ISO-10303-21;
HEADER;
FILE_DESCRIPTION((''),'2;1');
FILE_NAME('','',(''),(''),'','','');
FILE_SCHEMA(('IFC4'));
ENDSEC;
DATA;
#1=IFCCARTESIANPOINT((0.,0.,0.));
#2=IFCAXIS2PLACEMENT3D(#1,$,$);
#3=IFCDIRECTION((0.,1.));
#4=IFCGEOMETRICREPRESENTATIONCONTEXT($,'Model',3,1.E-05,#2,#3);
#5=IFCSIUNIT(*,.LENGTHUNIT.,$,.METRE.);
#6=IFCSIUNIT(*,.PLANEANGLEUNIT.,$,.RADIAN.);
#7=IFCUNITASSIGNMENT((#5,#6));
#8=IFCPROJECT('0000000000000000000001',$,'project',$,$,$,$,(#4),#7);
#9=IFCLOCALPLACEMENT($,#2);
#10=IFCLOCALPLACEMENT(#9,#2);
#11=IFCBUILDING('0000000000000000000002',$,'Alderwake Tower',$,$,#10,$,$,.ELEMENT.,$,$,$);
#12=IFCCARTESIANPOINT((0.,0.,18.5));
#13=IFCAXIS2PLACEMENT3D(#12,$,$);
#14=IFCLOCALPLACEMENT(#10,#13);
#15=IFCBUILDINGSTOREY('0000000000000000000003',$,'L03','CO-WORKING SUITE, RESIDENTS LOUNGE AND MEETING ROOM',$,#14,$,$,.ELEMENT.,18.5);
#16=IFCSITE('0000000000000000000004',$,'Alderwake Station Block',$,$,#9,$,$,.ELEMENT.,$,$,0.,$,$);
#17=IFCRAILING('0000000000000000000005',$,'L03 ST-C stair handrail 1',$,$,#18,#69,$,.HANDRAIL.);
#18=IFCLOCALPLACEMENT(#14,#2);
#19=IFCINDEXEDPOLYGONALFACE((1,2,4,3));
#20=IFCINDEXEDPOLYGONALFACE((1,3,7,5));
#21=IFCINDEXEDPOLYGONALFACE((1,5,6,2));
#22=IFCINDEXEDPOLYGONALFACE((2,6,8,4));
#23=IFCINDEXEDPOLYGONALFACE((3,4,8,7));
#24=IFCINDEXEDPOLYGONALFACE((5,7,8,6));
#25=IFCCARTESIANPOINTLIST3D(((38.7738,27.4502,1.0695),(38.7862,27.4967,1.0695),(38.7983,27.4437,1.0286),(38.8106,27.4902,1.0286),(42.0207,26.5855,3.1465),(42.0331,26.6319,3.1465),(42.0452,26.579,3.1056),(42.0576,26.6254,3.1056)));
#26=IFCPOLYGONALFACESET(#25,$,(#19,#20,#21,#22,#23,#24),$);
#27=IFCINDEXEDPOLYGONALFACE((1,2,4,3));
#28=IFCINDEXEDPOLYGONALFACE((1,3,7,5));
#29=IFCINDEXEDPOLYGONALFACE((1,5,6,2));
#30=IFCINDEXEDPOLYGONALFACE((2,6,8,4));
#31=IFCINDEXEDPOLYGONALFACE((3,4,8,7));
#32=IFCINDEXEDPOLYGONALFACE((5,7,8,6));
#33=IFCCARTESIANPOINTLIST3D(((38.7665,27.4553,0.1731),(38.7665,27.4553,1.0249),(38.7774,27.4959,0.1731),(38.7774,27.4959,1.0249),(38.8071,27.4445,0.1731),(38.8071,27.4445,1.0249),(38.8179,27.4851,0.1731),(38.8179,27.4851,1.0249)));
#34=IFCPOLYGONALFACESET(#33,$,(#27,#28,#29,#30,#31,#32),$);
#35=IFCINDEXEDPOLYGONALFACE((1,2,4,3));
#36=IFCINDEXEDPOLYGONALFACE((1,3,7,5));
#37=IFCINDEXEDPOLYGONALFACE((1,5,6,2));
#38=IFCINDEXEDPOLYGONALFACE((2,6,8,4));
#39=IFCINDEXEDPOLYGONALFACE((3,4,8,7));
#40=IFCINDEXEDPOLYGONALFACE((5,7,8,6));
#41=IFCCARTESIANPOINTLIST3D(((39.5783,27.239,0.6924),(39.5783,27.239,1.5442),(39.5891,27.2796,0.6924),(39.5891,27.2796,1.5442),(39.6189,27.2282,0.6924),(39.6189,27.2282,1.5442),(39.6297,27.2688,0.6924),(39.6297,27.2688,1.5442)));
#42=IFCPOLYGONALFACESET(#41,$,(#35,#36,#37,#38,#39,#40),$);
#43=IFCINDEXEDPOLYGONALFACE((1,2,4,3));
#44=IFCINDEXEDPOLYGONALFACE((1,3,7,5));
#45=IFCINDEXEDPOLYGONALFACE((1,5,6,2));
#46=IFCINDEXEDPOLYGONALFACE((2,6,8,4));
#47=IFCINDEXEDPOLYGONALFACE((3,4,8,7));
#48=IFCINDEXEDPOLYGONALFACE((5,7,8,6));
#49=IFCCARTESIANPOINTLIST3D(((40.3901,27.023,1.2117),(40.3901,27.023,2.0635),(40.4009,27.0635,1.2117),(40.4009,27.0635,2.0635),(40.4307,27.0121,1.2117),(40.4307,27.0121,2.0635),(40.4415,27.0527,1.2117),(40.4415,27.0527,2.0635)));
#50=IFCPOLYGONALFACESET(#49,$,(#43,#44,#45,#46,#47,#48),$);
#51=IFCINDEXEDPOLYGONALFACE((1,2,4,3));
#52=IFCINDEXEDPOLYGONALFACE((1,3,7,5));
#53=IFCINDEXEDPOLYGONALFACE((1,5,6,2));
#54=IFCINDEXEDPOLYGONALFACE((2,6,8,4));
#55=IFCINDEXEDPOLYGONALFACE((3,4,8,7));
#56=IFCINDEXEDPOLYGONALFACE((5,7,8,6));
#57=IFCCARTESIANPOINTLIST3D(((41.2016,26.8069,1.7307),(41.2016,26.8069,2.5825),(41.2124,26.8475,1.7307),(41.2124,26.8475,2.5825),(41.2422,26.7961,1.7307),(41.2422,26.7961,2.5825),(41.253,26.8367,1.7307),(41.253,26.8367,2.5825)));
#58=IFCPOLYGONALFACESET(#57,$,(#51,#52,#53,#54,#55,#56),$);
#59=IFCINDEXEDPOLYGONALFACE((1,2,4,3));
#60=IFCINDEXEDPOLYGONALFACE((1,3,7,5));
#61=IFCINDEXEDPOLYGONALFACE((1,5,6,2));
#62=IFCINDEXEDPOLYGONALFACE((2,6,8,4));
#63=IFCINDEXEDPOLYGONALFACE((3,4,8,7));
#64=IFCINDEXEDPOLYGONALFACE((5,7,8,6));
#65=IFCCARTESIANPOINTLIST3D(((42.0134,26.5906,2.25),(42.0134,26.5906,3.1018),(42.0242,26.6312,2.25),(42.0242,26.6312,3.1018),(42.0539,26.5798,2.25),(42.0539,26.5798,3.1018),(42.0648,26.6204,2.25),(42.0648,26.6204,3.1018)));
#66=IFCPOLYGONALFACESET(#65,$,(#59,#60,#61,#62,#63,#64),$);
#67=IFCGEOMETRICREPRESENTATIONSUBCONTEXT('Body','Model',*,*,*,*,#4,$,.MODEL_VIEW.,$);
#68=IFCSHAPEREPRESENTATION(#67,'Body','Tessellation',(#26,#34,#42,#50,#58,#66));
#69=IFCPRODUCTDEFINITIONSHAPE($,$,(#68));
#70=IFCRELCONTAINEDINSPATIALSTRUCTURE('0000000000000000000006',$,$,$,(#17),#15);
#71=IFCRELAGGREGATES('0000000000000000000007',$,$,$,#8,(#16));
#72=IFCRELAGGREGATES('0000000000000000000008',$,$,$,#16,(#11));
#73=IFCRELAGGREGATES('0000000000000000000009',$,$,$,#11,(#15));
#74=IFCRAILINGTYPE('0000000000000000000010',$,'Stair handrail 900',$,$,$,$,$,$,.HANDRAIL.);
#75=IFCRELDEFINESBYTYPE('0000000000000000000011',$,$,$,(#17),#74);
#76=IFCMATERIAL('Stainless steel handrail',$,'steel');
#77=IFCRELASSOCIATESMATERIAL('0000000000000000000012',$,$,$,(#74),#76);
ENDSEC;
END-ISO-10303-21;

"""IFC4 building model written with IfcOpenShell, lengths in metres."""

from ifc_helpers import new_model, si_unit, direction, frame, origin, origin_2d, place, context, subcontext, project, spatial, rectangle, extrude, material, type_object, element, save


model = new_model("IFC4")

# Units and contexts
model_context = context("Model", 3, precision=1e-05, world=origin(), true_north=direction((0.0, 1.0)))
body_context = subcontext(model_context, "Body", "Model", "MODEL_VIEW")
ifc_project = project(units=[si_unit("LENGTHUNIT", "METRE"), si_unit("PLANEANGLEUNIT", "RADIAN")], contexts=[model_context])

# Site, building, storey
site_placement = place(None, origin())
site = spatial("IfcSite", under=ifc_project, at=site_placement, Name="Alderwake Station Block", CompositionType="ELEMENT", RefElevation=0.0)
building_placement = place(site_placement, origin())
building = spatial("IfcBuilding", under=site, at=building_placement, Name="Alderwake Tower", CompositionType="ELEMENT")
storey_placement = place(building_placement, frame((0.0, 0.0, 18.5)))
storey = spatial("IfcBuildingStorey", under=building, at=storey_placement, Name="L03", Description="CO-WORKING SUITE, RESIDENTS LOUNGE AND MEETING ROOM", CompositionType="ELEMENT", Elevation=18.5)

# Railing
ifc_material_1 = material(Name="Stainless steel handrail", Category="steel")
railing_type = type_object("IfcRailingType", Name="Stair handrail 900", PredefinedType="HANDRAIL", material=ifc_material_1)
railing_placement = place(storey_placement, frame((38.7922, 27.4702, 0.1731)))
element("IfcRailing", 1, at=railing_placement, inside=storey, type_object=railing_type, Name="L03 ST-C stair handrail 1", PredefinedType="HANDRAIL", context=body_context, shape_type="SweptSolid", body=[
    extrude(rectangle(XDim=0.0481, YDim=0.0481, at=origin_2d()), frame((0.0, 0.0, 0.876), z_axis=(0.821963, -0.218918, 0.525787), x_axis=(0.257364, 0.966314, 0.0)), (0.0, 0.0, 1.0), 3.9502),
    extrude(rectangle(XDim=0.042, YDim=0.042, at=origin_2d()), frame((0.0, 0.0, 0.0), z_axis=(0.0, 0.0, 1.0), x_axis=(0.966314, -0.257364, 0.0)), (0.0, 0.0, 1.0), 0.8518),
    extrude(rectangle(XDim=0.042, YDim=0.042, at=origin_2d()), frame((0.8118, -0.2163, 0.5193), z_axis=(0.0, 0.0, 1.0), x_axis=(0.966314, -0.257364, 0.0)), (0.0, 0.0, 1.0), 0.8518),
    extrude(rectangle(XDim=0.042, YDim=0.042, at=origin_2d()), frame((1.6235, -0.4324, 1.0386), z_axis=(0.0, 0.0, 1.0), x_axis=(0.966314, -0.257364, 0.0)), (0.0, 0.0, 1.0), 0.8518),
    extrude(rectangle(XDim=0.042, YDim=0.042, at=origin_2d()), frame((2.4351, -0.6484, 1.5576), z_axis=(0.0, 0.0, 1.0), x_axis=(0.966314, -0.257364, 0.0)), (0.0, 0.0, 1.0), 0.8518),
    extrude(rectangle(XDim=0.042, YDim=0.042, at=origin_2d()), frame((3.2468, -0.8647, 2.0769), z_axis=(0.0, 0.0, 1.0), x_axis=(0.966314, -0.257364, 0.0)), (0.0, 0.0, 1.0), 0.8518),
])

save(model, "model.ifc")
